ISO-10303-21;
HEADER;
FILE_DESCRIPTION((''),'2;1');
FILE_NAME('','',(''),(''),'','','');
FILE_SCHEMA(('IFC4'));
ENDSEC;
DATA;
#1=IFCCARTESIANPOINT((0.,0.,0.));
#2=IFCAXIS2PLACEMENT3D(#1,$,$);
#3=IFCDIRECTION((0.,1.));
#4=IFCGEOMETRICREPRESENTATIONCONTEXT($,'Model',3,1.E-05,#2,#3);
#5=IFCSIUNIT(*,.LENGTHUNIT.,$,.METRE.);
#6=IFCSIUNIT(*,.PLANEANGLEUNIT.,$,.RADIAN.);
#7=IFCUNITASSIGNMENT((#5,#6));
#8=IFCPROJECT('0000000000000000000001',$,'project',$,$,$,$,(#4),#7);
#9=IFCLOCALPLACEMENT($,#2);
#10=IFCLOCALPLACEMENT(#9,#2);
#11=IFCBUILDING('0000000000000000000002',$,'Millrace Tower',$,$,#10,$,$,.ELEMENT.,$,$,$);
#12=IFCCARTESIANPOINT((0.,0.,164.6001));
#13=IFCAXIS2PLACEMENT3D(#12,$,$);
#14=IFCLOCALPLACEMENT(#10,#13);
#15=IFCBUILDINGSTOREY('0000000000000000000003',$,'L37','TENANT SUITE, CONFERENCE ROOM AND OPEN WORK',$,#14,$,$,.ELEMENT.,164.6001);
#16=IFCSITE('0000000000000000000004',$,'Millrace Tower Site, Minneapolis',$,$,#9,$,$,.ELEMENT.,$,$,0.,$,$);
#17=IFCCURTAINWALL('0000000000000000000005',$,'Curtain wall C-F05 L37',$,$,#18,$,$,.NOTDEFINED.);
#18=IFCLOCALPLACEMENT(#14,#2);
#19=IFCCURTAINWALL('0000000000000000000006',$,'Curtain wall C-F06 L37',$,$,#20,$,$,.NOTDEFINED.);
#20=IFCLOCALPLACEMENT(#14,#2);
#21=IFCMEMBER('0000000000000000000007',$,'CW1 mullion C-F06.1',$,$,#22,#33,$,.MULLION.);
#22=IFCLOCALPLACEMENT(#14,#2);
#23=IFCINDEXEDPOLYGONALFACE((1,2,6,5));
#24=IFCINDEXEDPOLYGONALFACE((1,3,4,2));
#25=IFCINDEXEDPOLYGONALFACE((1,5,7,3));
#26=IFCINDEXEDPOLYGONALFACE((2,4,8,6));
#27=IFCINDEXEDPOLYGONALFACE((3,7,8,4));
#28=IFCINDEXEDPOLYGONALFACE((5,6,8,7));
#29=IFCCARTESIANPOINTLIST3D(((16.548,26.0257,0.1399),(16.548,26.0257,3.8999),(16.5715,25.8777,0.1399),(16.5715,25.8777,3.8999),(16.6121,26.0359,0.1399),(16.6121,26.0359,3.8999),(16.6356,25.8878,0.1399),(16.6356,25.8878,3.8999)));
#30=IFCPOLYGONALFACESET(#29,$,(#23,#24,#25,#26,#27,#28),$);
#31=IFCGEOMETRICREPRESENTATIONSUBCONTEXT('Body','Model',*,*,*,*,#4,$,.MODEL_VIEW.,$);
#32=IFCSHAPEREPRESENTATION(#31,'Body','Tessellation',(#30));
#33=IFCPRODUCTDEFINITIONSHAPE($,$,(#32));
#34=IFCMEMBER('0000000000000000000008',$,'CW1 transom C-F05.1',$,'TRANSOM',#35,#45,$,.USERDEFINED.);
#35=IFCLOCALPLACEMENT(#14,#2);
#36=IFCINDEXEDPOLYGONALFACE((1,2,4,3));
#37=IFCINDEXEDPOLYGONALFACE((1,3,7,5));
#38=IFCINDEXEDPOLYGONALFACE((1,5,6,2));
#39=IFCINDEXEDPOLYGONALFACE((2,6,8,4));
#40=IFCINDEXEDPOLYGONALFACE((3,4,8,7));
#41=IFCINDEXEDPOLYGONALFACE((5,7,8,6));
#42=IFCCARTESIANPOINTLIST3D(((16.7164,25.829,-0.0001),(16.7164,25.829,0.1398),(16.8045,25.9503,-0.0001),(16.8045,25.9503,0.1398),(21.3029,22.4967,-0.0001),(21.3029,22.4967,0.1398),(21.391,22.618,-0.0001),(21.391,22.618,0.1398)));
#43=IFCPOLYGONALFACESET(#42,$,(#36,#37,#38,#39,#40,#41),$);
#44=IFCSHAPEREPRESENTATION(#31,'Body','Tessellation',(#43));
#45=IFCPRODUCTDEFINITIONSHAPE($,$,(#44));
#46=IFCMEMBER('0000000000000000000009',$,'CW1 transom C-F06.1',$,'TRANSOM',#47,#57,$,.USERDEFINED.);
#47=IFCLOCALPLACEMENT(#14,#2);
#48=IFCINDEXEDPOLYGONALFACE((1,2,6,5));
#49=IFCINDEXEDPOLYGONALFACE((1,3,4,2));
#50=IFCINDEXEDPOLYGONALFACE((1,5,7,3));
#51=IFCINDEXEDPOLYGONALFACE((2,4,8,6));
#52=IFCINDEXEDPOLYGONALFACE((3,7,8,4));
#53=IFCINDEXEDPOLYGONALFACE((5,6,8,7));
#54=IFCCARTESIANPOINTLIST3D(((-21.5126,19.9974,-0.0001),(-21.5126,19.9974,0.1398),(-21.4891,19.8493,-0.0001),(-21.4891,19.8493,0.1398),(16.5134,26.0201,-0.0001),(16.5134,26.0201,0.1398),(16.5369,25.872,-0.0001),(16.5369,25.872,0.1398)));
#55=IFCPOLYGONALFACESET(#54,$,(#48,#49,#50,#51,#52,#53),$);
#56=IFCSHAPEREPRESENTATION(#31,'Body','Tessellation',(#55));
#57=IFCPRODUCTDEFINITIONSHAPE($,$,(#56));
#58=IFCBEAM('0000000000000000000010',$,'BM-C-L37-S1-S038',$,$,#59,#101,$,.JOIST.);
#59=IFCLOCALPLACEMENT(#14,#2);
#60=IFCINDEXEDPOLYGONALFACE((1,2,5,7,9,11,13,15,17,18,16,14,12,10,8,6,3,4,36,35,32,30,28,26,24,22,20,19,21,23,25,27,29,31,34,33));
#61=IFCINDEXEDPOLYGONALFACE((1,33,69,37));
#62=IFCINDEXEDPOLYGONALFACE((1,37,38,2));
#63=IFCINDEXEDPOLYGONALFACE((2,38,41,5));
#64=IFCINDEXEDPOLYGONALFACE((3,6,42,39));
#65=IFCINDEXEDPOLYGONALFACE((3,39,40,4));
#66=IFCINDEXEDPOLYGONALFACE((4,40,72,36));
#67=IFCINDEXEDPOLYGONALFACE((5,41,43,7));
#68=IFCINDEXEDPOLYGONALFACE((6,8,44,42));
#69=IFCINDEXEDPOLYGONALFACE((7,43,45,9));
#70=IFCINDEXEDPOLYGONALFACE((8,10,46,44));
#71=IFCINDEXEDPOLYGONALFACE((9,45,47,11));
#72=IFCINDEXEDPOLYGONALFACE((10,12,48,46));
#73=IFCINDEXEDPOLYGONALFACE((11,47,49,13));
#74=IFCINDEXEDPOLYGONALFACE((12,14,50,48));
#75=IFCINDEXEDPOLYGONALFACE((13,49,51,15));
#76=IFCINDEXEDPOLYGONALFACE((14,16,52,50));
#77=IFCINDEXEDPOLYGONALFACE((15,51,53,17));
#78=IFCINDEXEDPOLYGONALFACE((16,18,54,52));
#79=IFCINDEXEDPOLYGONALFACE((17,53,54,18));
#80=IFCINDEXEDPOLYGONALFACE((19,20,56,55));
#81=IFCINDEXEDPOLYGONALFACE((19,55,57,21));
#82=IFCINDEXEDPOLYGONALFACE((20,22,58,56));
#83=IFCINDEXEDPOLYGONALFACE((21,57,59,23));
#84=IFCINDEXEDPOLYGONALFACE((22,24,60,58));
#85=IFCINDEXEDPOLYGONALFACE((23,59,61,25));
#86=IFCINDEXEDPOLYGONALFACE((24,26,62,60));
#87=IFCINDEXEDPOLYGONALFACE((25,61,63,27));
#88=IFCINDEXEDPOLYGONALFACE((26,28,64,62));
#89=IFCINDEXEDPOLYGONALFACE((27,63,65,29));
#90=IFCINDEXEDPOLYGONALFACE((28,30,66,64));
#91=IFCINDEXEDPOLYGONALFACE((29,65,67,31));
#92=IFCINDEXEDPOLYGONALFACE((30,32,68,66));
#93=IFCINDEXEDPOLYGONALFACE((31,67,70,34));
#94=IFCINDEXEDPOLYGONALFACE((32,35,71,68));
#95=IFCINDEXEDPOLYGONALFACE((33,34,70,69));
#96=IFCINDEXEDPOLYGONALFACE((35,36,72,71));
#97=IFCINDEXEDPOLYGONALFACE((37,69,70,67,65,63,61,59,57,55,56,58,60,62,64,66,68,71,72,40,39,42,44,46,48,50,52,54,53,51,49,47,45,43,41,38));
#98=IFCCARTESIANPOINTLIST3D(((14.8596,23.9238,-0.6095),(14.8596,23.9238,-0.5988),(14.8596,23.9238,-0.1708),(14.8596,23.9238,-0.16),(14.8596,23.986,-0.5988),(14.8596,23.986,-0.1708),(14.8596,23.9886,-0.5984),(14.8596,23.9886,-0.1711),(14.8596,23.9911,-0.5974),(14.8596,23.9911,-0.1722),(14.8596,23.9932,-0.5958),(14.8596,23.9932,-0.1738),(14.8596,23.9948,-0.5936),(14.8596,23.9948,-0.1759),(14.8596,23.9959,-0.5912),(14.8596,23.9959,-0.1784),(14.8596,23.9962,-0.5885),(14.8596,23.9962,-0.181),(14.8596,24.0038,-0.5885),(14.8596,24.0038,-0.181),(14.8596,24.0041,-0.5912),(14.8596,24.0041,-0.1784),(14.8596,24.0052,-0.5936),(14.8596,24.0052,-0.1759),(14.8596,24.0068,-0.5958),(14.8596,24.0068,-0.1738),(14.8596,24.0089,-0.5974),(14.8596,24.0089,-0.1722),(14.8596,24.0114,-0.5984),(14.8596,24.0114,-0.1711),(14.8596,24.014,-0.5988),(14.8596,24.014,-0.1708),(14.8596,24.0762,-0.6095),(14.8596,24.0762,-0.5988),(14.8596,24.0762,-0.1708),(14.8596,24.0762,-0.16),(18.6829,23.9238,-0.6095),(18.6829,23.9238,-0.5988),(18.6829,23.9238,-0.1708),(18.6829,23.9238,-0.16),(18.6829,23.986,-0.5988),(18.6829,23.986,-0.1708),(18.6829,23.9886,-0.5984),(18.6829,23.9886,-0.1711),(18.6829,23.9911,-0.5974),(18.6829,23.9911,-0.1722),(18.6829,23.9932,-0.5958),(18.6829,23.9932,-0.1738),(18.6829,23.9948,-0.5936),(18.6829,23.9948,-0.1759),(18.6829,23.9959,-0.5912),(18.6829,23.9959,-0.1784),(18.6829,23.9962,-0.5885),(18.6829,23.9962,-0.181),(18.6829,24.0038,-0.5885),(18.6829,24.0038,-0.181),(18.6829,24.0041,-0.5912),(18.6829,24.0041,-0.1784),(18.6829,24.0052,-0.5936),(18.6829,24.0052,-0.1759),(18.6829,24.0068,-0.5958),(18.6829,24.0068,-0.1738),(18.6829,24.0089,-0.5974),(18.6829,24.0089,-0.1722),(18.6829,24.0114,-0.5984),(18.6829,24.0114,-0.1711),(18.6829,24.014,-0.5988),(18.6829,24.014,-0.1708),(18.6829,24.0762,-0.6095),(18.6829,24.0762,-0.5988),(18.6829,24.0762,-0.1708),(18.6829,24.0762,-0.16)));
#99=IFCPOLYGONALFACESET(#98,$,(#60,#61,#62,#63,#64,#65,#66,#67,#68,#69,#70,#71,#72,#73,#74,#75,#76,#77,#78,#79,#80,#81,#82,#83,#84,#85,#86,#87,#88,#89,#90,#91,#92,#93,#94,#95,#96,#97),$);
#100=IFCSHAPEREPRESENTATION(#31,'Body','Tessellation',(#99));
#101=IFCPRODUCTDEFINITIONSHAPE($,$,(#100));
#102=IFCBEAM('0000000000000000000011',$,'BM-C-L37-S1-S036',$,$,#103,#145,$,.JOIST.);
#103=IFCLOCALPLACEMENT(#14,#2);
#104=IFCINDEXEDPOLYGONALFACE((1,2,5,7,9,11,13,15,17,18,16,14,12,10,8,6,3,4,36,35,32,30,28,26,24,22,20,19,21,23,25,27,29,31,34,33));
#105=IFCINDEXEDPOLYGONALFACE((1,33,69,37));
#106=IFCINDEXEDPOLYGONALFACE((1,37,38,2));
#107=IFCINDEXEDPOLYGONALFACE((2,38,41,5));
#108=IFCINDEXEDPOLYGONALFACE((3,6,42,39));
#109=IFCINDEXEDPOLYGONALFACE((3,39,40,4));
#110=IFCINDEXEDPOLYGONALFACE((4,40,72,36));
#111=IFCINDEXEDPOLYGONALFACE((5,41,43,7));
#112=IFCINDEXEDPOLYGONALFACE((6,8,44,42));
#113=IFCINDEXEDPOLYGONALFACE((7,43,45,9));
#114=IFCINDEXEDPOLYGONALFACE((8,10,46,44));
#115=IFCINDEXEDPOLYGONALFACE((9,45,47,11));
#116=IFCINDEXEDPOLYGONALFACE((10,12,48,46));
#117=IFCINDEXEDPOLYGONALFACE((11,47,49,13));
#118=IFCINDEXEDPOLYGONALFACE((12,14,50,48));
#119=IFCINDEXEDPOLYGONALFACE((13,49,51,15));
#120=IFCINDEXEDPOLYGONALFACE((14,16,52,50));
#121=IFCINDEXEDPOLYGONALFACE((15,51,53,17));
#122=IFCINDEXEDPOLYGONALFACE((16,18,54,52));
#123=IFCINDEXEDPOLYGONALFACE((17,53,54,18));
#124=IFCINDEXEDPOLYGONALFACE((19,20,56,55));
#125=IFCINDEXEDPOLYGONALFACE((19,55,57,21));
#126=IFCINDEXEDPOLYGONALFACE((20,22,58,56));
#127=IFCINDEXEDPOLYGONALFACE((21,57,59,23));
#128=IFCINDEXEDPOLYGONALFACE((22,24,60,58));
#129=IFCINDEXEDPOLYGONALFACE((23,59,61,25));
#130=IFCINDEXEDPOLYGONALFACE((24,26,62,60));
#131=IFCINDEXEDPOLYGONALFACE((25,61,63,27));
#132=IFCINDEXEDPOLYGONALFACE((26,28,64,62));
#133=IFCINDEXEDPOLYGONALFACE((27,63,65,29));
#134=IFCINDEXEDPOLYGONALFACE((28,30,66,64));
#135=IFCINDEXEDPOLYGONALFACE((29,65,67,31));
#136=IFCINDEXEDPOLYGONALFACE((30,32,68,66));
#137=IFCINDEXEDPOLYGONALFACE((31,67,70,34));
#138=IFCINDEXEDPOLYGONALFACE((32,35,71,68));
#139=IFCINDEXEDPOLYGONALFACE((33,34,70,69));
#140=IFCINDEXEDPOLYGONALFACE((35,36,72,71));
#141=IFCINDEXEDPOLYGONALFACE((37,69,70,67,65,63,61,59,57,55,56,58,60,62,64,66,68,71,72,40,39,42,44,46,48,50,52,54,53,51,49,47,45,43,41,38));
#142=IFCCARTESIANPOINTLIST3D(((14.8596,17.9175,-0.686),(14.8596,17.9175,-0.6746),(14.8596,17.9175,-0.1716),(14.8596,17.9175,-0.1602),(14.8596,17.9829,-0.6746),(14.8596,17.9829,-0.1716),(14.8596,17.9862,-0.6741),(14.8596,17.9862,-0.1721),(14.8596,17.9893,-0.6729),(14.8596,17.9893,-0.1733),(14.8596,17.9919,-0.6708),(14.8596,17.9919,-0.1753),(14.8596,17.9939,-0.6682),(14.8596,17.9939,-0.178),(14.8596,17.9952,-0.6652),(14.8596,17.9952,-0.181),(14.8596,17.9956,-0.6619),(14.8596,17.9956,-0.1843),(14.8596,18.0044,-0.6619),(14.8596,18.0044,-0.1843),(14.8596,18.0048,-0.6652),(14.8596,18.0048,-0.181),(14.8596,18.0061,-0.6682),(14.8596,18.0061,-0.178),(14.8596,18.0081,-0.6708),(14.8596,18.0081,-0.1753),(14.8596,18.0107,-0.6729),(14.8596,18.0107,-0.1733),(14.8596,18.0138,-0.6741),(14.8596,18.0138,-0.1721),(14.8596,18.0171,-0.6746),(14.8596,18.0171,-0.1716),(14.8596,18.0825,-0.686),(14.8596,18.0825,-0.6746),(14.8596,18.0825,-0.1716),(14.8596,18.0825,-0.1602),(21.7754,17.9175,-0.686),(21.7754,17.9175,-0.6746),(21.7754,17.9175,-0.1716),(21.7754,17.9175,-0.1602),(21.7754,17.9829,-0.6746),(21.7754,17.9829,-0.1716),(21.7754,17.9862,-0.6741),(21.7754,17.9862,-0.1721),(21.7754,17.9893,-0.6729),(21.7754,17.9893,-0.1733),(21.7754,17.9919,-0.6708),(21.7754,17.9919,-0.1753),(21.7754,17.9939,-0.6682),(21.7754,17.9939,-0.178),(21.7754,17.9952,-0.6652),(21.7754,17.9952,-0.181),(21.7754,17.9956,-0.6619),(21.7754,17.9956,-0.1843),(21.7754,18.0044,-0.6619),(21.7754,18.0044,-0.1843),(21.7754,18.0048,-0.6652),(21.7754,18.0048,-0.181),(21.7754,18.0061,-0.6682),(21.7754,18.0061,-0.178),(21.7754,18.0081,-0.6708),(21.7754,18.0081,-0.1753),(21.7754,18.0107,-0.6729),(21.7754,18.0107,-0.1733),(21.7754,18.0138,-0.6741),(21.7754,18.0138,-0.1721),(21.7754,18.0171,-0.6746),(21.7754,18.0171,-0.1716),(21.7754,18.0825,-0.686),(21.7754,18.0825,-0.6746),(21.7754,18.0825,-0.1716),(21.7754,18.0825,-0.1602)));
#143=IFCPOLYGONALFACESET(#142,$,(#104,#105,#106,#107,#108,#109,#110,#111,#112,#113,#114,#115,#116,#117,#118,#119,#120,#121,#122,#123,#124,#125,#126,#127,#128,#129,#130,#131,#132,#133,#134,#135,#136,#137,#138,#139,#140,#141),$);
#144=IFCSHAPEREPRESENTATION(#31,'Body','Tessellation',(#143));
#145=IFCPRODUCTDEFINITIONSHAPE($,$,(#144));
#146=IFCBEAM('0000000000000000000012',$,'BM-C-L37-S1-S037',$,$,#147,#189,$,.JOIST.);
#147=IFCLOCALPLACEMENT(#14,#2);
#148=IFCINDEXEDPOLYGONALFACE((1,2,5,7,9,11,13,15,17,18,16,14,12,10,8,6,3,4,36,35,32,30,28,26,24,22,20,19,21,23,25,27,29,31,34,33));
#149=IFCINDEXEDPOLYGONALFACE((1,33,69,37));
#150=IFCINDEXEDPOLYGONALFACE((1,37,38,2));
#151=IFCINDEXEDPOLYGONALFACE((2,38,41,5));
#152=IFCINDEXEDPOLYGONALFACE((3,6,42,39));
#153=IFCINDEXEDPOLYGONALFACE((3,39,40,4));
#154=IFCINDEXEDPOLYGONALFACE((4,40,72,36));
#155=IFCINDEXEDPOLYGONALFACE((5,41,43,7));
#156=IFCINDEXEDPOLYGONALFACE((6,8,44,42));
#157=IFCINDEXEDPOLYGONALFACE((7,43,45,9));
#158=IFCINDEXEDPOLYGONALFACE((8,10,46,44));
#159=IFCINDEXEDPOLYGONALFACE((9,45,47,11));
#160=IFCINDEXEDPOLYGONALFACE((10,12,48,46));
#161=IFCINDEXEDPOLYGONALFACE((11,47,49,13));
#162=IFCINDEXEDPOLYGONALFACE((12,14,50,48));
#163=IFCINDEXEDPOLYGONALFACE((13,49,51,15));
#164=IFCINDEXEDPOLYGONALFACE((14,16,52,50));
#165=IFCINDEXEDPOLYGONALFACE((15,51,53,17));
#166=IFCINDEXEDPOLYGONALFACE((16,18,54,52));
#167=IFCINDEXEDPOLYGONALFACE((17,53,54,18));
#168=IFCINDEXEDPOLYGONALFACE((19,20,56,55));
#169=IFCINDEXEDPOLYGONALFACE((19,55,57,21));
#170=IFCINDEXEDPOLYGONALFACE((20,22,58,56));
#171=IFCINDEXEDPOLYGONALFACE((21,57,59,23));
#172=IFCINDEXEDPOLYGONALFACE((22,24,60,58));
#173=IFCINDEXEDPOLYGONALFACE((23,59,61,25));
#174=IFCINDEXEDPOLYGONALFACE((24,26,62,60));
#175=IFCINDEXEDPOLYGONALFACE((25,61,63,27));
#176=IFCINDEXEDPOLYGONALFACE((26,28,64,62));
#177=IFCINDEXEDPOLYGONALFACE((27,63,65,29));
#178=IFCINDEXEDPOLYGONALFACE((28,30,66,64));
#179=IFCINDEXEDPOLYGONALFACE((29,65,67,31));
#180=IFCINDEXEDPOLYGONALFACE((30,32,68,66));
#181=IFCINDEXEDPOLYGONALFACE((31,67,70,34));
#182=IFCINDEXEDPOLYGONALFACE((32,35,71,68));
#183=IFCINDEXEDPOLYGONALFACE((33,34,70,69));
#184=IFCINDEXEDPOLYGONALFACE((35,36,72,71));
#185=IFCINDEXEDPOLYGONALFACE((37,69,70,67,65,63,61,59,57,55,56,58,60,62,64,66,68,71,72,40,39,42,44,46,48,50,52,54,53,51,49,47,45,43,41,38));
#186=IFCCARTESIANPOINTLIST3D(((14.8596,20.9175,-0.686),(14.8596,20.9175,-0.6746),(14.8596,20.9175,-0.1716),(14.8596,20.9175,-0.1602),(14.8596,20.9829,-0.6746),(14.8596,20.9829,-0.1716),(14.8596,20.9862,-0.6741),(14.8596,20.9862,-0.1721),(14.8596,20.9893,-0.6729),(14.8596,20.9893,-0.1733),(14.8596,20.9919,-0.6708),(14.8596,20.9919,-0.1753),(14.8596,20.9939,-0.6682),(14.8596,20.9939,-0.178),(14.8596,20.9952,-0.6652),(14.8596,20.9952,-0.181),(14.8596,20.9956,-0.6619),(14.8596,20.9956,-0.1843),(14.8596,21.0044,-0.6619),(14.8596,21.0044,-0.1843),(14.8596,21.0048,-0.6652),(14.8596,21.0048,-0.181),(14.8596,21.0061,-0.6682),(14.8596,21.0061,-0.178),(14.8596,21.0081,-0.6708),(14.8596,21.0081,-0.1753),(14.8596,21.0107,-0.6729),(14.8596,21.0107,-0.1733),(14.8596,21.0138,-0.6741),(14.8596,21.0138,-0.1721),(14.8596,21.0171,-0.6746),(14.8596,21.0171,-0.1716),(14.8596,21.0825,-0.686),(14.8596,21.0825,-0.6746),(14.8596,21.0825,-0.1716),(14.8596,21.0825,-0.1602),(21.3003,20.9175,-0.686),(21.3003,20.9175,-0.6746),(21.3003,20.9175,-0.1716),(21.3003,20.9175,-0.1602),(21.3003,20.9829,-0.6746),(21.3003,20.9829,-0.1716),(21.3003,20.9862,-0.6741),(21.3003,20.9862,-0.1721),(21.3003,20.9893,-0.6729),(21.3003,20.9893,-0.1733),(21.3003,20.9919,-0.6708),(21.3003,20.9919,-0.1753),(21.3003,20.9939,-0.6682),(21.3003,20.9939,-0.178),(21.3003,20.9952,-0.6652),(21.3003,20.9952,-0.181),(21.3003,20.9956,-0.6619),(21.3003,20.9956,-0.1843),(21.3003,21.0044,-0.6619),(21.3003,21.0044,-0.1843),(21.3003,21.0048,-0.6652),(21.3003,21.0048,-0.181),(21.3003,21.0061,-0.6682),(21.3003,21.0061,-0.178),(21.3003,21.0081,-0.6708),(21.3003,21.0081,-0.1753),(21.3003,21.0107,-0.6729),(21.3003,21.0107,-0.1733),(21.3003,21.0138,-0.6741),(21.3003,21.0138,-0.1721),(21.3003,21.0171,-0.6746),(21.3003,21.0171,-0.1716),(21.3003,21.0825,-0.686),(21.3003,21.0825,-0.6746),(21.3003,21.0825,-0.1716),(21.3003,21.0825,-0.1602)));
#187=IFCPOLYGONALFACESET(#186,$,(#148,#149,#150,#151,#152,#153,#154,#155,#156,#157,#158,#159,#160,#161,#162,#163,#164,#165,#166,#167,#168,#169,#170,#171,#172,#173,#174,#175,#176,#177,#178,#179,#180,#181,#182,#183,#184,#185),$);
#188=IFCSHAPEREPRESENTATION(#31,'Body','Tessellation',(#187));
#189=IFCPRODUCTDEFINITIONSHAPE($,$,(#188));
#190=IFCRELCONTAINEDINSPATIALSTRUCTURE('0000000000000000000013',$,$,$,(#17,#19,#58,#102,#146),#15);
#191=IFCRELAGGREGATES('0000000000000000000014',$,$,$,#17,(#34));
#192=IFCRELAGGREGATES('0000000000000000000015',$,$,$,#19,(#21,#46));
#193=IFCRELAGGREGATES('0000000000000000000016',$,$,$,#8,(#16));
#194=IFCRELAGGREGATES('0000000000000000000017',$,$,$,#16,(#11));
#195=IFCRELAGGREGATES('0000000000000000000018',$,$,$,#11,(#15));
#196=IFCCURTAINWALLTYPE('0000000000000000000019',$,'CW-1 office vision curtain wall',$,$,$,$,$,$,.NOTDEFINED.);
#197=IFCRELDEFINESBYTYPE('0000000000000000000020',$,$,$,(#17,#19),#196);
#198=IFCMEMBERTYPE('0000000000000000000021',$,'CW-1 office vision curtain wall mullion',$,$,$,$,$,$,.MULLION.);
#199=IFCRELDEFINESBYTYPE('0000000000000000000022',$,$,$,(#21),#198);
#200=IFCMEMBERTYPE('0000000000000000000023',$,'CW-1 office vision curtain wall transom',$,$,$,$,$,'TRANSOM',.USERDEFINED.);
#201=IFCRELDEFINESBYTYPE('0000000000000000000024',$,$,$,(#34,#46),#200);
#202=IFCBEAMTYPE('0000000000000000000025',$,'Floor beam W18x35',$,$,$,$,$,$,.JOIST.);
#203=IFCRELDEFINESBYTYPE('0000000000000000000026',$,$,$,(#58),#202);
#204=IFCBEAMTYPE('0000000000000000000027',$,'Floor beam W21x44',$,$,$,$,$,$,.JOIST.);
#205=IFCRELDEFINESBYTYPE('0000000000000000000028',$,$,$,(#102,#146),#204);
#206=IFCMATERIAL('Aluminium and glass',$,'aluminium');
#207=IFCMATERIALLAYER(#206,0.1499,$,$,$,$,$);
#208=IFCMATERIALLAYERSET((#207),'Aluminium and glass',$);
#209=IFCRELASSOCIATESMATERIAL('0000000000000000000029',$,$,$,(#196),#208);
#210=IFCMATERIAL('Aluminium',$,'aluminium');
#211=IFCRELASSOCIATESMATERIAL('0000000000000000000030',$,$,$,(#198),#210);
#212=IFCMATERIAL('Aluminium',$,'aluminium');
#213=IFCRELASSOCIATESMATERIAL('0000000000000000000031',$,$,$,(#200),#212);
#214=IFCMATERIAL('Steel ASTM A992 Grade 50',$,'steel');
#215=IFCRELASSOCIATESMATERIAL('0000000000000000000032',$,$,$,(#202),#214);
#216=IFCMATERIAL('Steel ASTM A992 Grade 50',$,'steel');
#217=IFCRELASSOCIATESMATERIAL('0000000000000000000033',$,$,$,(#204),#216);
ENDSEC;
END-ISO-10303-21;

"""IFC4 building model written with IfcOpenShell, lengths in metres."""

from ifc_helpers import new_model, si_unit, direction, frame, origin, origin_2d, place, context, subcontext, project, spatial, rectangle, i_section, extrude, material, layer, layer_set, material_profile, profile_set, type_object, element, aggregate, save


model = new_model("IFC4")

# Units and contexts
model_context = context("Model", 3, precision=1e-05, world=origin(), true_north=direction((0.0, 1.0)))
body_context = subcontext(model_context, "Body", "Model", "MODEL_VIEW")
ifc_project = project(units=[si_unit("LENGTHUNIT", "METRE"), si_unit("PLANEANGLEUNIT", "RADIAN")], contexts=[model_context])

# Site, building, storey
site_placement = place(None, origin())
site = spatial("IfcSite", under=ifc_project, at=site_placement, Name="Millrace Tower Site, Minneapolis", CompositionType="ELEMENT", RefElevation=0.0)
building_placement = place(site_placement, origin())
building = spatial("IfcBuilding", under=site, at=building_placement, Name="Millrace Tower", CompositionType="ELEMENT")
storey_placement = place(building_placement, frame((0.0, 0.0, 164.6001)))
storey = spatial("IfcBuildingStorey", under=building, at=storey_placement, Name="L37", Description="TENANT SUITE, CONFERENCE ROOM AND OPEN WORK", CompositionType="ELEMENT", Elevation=164.6001)

# Shared definitions
ifc_material_1 = material(Name="Aluminium and glass", Category="aluminium")
ifc_layer_1 = layer(ifc_material_1, 0.1499)
ifc_layer_set_1 = layer_set([ifc_layer_1], Name="Aluminium and glass")
curtain_wall_type = type_object("IfcCurtainWallType", Name="CW-1 office vision curtain wall", PredefinedType="NOTDEFINED", material=ifc_layer_set_1)
placement = place(storey_placement, origin())
ifc_material_2 = material(Name="Aluminium", Category="aluminium")
ifc_material_profile_1 = material_profile(ifc_material_2, rectangle(XDim=0.0649, YDim=0.1499, at=origin_2d()))
ifc_profile_set_1 = profile_set([ifc_material_profile_1], Name="Aluminium")
member_type_1 = type_object("IfcMemberType", Name="CW-1 office vision curtain wall mullion", PredefinedType="MULLION", material=ifc_profile_set_1)

# Curtain walls, member
curtain_wall_1 = element("IfcCurtainWall", 1, at=placement, inside=storey, type_object=curtain_wall_type, Name="Curtain wall C-F05 L37", PredefinedType="NOTDEFINED")
curtain_wall_2 = element("IfcCurtainWall", 2, at=placement, inside=storey, type_object=curtain_wall_type, Name="Curtain wall C-F06 L37", PredefinedType="NOTDEFINED")
member_1_placement = place(storey_placement, frame((16.5918, 25.9568, 0.1399), z_axis=(0.0, 0.0, 1.0), x_axis=(-0.987688, -0.156434, 0.0)))
member_1 = element("IfcMember", 3, at=member_1_placement, type_object=member_type_1, Name="CW1 mullion C-F06.1", PredefinedType="MULLION", context=body_context, shape_type="SweptSolid", body=[
    extrude(rectangle(XDim=0.0649, YDim=0.1499, at=origin_2d()), origin(), (0.0, 0.0, 1.0), 3.76),
])

# Members
ifc_material_3 = material(Name="Aluminium", Category="aluminium")
ifc_material_profile_2 = material_profile(ifc_material_3, rectangle(XDim=0.1499, YDim=0.1399, at=origin_2d()))
ifc_profile_set_2 = profile_set([ifc_material_profile_2], Name="Aluminium")
member_type_2 = type_object("IfcMemberType", Name="CW-1 office vision curtain wall transom", ElementType="TRANSOM", PredefinedType="USERDEFINED", material=ifc_profile_set_2)
member_2_placement = place(storey_placement, frame((21.3469, 22.5574, 0.0698), z_axis=(-0.809013, 0.58779, 0.0), x_axis=(-0.58779, -0.809013, 0.0)))
member_2 = element("IfcMember", 4, at=member_2_placement, type_object=member_type_2, Name="CW1 transom C-F05.1", ObjectType="TRANSOM", PredefinedType="USERDEFINED", context=body_context, shape_type="SweptSolid", body=[
    extrude(rectangle(XDim=0.1499, YDim=0.1399, at=origin_2d()), origin(), (0.0, 0.0, 1.0), 5.6692),
])
aggregate(curtain_wall_1, [member_2])
member_3_placement = place(storey_placement, frame((16.5251, 25.946, 0.0698), z_axis=(-0.987689, -0.156433, 0.0), x_axis=(0.156433, -0.987689, 0.0)))
member_3 = element("IfcMember", 5, at=member_3_placement, type_object=member_type_2, Name="CW1 transom C-F06.1", ObjectType="TRANSOM", PredefinedType="USERDEFINED", context=body_context, shape_type="SweptSolid", body=[
    extrude(rectangle(XDim=0.1499, YDim=0.1399, at=origin_2d()), origin(), (0.0, 0.0, 1.0), 38.5),
])
aggregate(curtain_wall_2, [member_1, member_3])

# Beams
ifc_material_4 = material(Name="Steel ASTM A992 Grade 50", Category="steel")
ifc_material_profile_3 = material_profile(ifc_material_4, i_section(OverallWidth=0.1523, OverallDepth=0.4495, WebThickness=0.0076, FlangeThickness=0.0107, FilletRadius=0.0103, at=origin_2d()))
ifc_profile_set_3 = profile_set([ifc_material_profile_3], Name="Steel ASTM A992 Grade 50")
beam_type_1 = type_object("IfcBeamType", Name="Floor beam W18x35", PredefinedType="JOIST", material=ifc_profile_set_3)
beam_1_placement = place(storey_placement, frame((14.8596, 24.0, -0.3848), z_axis=(1.0, 0.0, 0.0), x_axis=(0.0, 1.0, 0.0)))
element("IfcBeam", 6, at=beam_1_placement, inside=storey, type_object=beam_type_1, Name="BM-C-L37-S1-S038", PredefinedType="JOIST", context=body_context, shape_type="SweptSolid", body=[
    extrude(i_section(OverallWidth=0.1523, OverallDepth=0.4495, WebThickness=0.0076, FlangeThickness=0.0107, FilletRadius=0.0103, at=origin_2d()), origin(), (0.0, 0.0, 1.0), 3.8232),
])
ifc_material_5 = material(Name="Steel ASTM A992 Grade 50", Category="steel")
ifc_material_profile_4 = material_profile(ifc_material_5, i_section(OverallWidth=0.165, OverallDepth=0.5259, WebThickness=0.0088, FlangeThickness=0.0115, FilletRadius=0.0127, at=origin_2d()))
ifc_profile_set_4 = profile_set([ifc_material_profile_4], Name="Steel ASTM A992 Grade 50")
beam_type_2 = type_object("IfcBeamType", Name="Floor beam W21x44", PredefinedType="JOIST", material=ifc_profile_set_4)
beam_2_placement = place(storey_placement, frame((14.8596, 18.0, -0.4231), z_axis=(1.0, 0.0, 0.0), x_axis=(0.0, 1.0, 0.0)))
element("IfcBeam", 7, at=beam_2_placement, inside=storey, type_object=beam_type_2, Name="BM-C-L37-S1-S036", PredefinedType="JOIST", context=body_context, shape_type="SweptSolid", body=[
    extrude(i_section(OverallWidth=0.165, OverallDepth=0.5259, WebThickness=0.0088, FlangeThickness=0.0115, FilletRadius=0.0127, at=origin_2d()), origin(), (0.0, 0.0, 1.0), 6.9158),
])
beam_3_placement = place(storey_placement, frame((14.8596, 21.0, -0.4231), z_axis=(1.0, 0.0, 0.0), x_axis=(0.0, 1.0, 0.0)))
element("IfcBeam", 8, at=beam_3_placement, inside=storey, type_object=beam_type_2, Name="BM-C-L37-S1-S037", PredefinedType="JOIST", context=body_context, shape_type="SweptSolid", body=[
    extrude(i_section(OverallWidth=0.165, OverallDepth=0.5259, WebThickness=0.0088, FlangeThickness=0.0115, FilletRadius=0.0127, at=origin_2d()), origin(), (0.0, 0.0, 1.0), 6.4407),
])

save(model, "model.ifc")
